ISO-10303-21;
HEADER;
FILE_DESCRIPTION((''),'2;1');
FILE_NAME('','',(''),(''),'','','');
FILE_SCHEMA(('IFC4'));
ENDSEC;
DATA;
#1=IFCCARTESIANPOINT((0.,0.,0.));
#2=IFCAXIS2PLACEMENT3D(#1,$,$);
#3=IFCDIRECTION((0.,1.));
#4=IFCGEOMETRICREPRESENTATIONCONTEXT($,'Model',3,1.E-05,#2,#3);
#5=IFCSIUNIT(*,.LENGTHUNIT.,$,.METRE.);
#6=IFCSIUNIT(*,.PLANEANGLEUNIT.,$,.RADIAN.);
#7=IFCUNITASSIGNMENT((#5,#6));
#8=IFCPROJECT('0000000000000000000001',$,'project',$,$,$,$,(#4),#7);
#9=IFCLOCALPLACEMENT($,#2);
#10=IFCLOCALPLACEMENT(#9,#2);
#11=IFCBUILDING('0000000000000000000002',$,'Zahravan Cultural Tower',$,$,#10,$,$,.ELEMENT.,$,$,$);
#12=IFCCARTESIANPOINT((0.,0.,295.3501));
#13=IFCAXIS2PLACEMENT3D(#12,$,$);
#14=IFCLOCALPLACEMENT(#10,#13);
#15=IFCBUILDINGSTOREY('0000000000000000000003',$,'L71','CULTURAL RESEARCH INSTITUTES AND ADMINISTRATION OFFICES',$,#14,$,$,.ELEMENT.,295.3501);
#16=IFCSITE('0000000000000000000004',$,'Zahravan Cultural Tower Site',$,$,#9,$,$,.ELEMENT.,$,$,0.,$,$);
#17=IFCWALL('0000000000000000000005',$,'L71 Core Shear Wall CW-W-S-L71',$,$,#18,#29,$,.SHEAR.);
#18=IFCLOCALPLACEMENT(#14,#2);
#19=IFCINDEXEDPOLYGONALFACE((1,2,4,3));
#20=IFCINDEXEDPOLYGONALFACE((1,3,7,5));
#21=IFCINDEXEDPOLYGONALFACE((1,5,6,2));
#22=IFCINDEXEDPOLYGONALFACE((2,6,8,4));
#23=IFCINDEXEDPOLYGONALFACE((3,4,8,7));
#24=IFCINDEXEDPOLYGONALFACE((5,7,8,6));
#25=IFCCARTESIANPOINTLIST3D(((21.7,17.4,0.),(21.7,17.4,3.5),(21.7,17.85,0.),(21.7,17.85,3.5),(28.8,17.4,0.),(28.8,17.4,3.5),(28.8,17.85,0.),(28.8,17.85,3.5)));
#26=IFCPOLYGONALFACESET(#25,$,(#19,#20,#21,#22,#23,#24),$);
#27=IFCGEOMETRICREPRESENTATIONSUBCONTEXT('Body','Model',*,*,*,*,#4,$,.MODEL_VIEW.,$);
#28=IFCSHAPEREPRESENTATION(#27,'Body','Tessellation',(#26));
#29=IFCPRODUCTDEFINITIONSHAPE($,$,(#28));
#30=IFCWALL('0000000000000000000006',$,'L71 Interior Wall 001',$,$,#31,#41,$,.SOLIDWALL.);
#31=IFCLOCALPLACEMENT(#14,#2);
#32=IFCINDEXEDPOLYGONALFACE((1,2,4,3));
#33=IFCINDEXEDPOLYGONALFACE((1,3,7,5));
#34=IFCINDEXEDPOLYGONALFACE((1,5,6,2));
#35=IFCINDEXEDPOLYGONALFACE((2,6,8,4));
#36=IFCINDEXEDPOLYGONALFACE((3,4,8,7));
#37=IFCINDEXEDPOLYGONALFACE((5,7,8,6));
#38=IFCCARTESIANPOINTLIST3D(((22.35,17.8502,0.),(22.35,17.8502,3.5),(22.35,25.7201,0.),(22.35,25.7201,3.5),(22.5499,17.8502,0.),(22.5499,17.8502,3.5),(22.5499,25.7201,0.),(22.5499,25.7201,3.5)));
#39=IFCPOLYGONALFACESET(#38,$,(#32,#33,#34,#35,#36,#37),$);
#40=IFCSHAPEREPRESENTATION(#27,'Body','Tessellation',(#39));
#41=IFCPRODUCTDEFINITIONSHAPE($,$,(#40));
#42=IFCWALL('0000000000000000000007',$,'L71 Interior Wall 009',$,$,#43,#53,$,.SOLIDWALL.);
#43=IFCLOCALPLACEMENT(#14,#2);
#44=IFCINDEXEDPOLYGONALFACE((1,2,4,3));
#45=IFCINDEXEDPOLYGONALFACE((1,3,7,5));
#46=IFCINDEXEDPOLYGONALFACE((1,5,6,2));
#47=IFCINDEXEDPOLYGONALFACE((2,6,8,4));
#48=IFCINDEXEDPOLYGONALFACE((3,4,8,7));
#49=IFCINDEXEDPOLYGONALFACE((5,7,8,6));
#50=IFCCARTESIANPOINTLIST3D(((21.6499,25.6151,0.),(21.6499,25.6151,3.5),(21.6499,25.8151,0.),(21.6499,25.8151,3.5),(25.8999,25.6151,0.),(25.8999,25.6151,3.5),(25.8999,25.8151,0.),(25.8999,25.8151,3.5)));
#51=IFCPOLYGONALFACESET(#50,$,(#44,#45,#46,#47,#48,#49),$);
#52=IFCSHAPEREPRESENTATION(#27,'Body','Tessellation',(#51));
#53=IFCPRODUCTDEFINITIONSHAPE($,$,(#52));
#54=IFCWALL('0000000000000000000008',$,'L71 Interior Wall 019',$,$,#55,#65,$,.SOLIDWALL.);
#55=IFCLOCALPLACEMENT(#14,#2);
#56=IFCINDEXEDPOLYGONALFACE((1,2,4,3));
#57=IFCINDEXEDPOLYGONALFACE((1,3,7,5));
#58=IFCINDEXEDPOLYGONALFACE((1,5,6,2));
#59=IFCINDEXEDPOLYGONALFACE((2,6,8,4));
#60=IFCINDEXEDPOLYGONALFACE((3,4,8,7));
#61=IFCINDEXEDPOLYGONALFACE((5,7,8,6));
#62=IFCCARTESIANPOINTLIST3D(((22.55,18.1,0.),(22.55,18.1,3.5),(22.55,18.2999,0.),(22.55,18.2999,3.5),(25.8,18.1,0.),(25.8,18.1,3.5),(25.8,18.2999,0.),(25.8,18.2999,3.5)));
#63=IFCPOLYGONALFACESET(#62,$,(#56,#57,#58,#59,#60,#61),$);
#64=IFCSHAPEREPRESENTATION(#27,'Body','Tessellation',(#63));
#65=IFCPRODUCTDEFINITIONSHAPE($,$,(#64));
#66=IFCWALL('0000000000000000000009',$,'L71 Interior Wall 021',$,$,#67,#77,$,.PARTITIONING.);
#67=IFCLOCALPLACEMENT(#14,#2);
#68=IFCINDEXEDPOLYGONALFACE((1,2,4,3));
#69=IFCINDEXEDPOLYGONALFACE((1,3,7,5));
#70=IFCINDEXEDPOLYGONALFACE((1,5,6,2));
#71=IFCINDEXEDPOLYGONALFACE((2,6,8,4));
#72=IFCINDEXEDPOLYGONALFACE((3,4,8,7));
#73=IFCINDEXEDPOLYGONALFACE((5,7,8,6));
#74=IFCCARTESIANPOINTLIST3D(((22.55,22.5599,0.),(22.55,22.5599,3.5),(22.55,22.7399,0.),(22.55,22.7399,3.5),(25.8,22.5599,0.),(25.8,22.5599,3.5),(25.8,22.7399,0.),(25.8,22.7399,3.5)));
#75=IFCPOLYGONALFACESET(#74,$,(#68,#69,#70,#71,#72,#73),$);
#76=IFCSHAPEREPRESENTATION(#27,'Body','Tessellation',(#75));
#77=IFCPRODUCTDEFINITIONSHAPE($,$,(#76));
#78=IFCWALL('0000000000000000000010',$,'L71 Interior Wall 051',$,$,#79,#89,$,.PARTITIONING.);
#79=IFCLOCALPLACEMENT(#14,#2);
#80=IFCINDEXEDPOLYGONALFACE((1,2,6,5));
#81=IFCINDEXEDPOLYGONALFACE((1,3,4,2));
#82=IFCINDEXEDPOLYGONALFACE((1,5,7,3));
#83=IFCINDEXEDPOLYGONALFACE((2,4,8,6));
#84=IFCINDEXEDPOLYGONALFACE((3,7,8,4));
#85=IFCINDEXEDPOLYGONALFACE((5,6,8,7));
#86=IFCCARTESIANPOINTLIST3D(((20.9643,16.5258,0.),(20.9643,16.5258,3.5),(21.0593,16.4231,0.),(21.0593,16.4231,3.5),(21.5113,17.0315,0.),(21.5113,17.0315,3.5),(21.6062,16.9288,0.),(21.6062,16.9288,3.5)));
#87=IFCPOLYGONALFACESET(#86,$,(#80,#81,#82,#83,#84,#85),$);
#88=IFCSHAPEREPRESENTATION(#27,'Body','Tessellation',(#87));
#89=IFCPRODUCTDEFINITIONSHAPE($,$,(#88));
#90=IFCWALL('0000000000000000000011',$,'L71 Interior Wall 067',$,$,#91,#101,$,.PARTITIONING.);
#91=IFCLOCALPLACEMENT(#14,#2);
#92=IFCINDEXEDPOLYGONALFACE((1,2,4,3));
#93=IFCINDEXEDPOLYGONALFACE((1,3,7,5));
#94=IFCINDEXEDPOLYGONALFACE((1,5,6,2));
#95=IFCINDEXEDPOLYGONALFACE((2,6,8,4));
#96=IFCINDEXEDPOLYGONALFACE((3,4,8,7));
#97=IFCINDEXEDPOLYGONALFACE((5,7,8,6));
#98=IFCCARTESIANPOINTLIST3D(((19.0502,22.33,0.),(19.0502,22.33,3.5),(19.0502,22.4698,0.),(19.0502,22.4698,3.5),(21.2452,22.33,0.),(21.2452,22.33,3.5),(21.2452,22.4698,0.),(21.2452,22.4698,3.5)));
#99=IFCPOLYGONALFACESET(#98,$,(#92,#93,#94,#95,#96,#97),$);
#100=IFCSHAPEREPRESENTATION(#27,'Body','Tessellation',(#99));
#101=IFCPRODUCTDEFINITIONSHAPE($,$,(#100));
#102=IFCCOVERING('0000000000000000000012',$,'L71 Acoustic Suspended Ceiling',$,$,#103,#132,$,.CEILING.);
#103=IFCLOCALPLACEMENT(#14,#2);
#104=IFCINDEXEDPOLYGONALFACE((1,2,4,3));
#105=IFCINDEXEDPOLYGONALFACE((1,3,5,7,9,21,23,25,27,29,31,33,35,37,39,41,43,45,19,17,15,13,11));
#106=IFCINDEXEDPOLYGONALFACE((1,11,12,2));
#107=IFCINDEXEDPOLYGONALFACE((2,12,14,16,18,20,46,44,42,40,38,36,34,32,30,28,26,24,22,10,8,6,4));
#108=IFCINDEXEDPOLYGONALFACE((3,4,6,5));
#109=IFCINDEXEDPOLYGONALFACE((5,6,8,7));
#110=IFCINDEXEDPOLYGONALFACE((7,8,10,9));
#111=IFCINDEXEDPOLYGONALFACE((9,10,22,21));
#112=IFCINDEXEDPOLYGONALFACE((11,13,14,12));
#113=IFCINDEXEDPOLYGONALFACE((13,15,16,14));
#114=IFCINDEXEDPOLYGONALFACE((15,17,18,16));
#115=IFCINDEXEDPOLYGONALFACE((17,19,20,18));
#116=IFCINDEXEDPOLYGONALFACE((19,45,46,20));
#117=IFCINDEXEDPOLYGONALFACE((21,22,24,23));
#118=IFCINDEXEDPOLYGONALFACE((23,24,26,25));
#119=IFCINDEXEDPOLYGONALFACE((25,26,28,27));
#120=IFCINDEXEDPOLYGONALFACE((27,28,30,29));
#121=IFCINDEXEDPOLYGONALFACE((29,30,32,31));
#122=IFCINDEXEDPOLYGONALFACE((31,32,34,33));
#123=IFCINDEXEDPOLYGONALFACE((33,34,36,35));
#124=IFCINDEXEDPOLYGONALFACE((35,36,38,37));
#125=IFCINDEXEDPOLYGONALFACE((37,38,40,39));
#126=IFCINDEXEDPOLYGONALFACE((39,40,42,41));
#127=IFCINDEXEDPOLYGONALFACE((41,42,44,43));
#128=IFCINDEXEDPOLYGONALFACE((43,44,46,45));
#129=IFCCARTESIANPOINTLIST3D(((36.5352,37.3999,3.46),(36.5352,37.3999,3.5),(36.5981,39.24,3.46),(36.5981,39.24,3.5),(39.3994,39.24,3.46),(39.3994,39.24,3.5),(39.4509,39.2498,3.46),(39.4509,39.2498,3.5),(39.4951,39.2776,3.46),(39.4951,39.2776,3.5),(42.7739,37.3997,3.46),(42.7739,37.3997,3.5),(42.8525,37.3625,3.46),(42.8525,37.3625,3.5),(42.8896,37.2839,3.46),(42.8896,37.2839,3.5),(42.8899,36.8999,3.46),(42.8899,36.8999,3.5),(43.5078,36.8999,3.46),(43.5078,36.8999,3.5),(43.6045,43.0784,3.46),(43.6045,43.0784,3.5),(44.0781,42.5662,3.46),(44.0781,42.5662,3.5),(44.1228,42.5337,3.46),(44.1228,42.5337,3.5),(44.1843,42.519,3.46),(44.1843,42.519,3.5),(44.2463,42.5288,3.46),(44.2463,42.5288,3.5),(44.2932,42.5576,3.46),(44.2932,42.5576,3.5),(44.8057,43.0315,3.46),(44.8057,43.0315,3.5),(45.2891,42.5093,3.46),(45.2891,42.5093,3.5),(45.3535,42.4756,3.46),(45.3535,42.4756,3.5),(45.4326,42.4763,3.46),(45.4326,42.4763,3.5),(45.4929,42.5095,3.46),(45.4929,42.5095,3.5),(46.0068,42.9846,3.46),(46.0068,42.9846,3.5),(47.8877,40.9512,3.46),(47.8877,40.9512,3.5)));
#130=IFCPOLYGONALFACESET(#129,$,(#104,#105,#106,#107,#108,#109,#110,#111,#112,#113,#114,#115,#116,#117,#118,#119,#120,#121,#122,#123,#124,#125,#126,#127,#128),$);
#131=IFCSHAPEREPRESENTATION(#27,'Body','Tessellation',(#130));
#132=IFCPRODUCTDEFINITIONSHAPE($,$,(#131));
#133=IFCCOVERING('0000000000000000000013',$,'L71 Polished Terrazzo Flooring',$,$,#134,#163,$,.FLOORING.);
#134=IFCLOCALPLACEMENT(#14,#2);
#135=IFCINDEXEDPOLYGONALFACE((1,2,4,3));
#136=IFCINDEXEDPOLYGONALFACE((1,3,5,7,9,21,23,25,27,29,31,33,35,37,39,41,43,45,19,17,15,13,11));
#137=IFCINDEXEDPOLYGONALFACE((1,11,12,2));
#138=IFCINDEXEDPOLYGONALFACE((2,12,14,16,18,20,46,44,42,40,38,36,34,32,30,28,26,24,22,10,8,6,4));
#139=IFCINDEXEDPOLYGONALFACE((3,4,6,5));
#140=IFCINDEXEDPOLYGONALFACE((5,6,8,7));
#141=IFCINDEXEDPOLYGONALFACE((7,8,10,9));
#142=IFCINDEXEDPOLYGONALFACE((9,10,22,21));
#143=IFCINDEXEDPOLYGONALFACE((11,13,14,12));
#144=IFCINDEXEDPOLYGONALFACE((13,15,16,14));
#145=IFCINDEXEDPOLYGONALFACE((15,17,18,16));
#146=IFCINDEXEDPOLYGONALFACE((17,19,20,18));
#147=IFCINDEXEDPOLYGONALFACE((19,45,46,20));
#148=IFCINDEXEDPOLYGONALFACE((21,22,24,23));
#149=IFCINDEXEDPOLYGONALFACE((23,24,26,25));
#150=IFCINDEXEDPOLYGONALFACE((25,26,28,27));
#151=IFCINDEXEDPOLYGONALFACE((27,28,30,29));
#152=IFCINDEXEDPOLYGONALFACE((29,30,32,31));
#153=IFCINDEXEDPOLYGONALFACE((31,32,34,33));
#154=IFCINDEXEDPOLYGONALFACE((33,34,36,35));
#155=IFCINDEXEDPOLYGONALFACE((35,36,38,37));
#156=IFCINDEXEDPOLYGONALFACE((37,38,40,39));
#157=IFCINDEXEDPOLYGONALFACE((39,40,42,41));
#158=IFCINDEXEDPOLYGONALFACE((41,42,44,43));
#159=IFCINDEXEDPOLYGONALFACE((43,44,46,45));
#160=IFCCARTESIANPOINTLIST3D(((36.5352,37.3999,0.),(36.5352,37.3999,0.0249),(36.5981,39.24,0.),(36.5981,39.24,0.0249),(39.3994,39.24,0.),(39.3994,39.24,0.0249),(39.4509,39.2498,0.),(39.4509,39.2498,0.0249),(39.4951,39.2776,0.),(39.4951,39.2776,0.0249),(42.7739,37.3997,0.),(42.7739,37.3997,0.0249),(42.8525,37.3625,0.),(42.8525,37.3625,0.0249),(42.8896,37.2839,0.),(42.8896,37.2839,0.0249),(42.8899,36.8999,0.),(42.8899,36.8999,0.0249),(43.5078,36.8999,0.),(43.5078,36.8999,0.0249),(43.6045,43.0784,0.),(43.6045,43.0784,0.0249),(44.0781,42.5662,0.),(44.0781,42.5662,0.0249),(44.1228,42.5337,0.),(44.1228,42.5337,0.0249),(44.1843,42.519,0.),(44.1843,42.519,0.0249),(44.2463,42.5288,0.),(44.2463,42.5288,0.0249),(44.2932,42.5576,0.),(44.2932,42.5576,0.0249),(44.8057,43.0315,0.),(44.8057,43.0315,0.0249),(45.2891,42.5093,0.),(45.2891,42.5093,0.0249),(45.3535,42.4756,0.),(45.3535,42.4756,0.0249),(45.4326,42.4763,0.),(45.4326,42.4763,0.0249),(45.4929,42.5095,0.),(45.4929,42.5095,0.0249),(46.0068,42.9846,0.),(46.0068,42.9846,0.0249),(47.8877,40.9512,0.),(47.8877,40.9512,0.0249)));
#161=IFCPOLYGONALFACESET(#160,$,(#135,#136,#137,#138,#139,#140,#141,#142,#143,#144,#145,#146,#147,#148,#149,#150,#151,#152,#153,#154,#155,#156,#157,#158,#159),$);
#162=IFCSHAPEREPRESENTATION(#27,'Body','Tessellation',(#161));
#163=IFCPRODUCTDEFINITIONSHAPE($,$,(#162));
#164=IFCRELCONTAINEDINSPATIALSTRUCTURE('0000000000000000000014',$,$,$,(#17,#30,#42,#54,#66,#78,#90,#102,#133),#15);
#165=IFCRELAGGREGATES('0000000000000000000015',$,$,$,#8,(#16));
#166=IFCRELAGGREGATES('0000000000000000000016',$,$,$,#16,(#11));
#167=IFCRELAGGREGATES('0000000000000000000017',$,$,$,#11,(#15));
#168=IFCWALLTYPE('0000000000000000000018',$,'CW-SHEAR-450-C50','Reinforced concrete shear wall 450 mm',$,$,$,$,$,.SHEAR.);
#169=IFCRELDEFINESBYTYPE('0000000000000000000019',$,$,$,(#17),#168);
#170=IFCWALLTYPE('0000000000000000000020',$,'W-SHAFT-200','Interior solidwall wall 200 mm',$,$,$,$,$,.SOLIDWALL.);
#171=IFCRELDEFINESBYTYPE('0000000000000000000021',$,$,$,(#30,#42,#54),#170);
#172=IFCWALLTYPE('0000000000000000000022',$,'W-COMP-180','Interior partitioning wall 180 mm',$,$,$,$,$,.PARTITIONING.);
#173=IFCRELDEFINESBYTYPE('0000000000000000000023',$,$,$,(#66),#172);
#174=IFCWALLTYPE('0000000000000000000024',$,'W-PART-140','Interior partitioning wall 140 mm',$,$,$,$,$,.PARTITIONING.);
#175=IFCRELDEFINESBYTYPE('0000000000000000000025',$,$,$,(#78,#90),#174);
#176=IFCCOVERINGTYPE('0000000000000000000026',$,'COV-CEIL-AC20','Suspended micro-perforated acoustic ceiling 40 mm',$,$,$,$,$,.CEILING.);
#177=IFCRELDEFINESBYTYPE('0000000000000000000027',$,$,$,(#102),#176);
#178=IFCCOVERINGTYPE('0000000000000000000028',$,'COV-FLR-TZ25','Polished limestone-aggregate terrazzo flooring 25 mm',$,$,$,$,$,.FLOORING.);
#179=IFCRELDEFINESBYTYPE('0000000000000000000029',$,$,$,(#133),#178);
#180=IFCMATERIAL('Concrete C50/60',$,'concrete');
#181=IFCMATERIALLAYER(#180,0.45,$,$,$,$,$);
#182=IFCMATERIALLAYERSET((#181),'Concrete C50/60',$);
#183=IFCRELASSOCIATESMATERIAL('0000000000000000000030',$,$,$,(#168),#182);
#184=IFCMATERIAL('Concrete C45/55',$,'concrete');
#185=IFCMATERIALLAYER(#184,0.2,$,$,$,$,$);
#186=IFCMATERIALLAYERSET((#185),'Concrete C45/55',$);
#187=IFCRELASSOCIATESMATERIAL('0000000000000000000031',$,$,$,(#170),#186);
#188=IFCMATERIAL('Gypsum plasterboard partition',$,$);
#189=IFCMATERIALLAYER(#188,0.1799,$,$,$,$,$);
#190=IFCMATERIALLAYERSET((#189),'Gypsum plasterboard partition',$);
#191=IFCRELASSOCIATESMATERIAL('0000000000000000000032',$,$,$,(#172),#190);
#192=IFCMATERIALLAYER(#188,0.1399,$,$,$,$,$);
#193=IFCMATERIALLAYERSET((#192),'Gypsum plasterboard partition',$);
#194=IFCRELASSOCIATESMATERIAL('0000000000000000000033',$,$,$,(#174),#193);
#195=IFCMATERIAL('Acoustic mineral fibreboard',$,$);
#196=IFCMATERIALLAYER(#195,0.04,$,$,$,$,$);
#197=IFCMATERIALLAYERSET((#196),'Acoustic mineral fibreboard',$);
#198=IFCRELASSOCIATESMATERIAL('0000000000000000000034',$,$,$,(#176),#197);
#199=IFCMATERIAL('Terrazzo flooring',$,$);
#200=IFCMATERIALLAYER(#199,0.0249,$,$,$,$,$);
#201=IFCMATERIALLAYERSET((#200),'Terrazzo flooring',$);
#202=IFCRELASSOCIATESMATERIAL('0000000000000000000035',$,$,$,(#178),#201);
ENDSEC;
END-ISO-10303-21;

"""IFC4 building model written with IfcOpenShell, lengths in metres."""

from ifc_helpers import new_model, si_unit, direction, frame, frame_2d, origin, place, context, subcontext, project, spatial, polyline, rectangle, outline, extrude, source, transform, mapped, material, layer, layer_set, type_object, element, save


model = new_model("IFC4")

# Units and contexts
model_context = context("Model", 3, precision=1e-05, world=origin(), true_north=direction((0.0, 1.0)))
body_context = subcontext(model_context, "Body", "Model", "MODEL_VIEW")
ifc_project = project(units=[si_unit("LENGTHUNIT", "METRE"), si_unit("PLANEANGLEUNIT", "RADIAN")], contexts=[model_context])

# Site, building, storey
site_placement = place(None, origin())
site = spatial("IfcSite", under=ifc_project, at=site_placement, Name="Zahravan Cultural Tower Site", CompositionType="ELEMENT", RefElevation=0.0)
building_placement = place(site_placement, origin())
building = spatial("IfcBuilding", under=site, at=building_placement, Name="Zahravan Cultural Tower", CompositionType="ELEMENT")
storey_placement = place(building_placement, frame((0.0, 0.0, 295.3501)))
storey = spatial("IfcBuildingStorey", under=building, at=storey_placement, Name="L71", Description="CULTURAL RESEARCH INSTITUTES AND ADMINISTRATION OFFICES", CompositionType="ELEMENT", Elevation=295.3501)

# Shared definitions
ifc_material_1 = material(Name="Concrete C50/60", Category="concrete")

# Shared definitions
ifc_material_2 = material(Name="Concrete C45/55", Category="concrete")

# Walls
ifc_layer_1 = layer(ifc_material_1, 0.45)
ifc_layer_set_1 = layer_set([ifc_layer_1], Name="Concrete C50/60")
wall_type_1 = type_object("IfcWallType", Name="CW-SHEAR-450-C50", Description="Reinforced concrete shear wall 450 mm", PredefinedType="SHEAR", material=ifc_layer_set_1)
shared_shape_1 = source(origin(), body_context, "Body", "SweptSolid", [
    extrude(rectangle(XDim=7.1001, YDim=0.45, at=frame_2d((3.55, 0.0))), origin(), (0.0, 0.0, 1.0), 3.5),
])
wall_1_placement = place(storey_placement, frame((21.7, 17.625, 0.0), z_axis=(0.0, 0.0, 1.0), x_axis=(1.0, 0.0, 0.0)))
element("IfcWall", 1, at=wall_1_placement, inside=storey, type_object=wall_type_1, Name="L71 Core Shear Wall CW-W-S-L71", PredefinedType="SHEAR", context=body_context, shape_type="MappedRepresentation", body=[
    mapped(shared_shape_1, transform((0.0, 0.0, 0.0), x_axis=(1.0, 0.0, 0.0), y_axis=(0.0, 1.0, 0.0), z_axis=(0.0, 0.0, 1.0), scale=1.0)),
])
ifc_layer_2 = layer(ifc_material_2, 0.2)
ifc_layer_set_2 = layer_set([ifc_layer_2], Name="Concrete C45/55")
wall_type_2 = type_object("IfcWallType", Name="W-SHAFT-200", Description="Interior solidwall wall 200 mm", PredefinedType="SOLIDWALL", material=ifc_layer_set_2)
shared_shape_2 = source(origin(), body_context, "Body", "SweptSolid", [
    extrude(rectangle(XDim=7.8699, YDim=0.2, at=frame_2d((3.9351, 0.0))), origin(), (0.0, 0.0, 1.0), 3.5),
])
wall_2_placement = place(storey_placement, frame((22.45, 17.8501, 0.0), z_axis=(0.0, 0.0, 1.0), x_axis=(0.0, 1.0, 0.0)))
element("IfcWall", 2, at=wall_2_placement, inside=storey, type_object=wall_type_2, Name="L71 Interior Wall 001", PredefinedType="SOLIDWALL", context=body_context, shape_type="MappedRepresentation", body=[
    mapped(shared_shape_2, transform((0.0, 0.0, 0.0), x_axis=(1.0, 0.0, 0.0), y_axis=(0.0, 1.0, 0.0), z_axis=(0.0, 0.0, 1.0), scale=1.0)),
])
shared_shape_3 = source(origin(), body_context, "Body", "SweptSolid", [
    extrude(rectangle(XDim=4.25, YDim=0.2, at=frame_2d((2.125, 0.0))), origin(), (0.0, 0.0, 1.0), 3.5),
])
wall_3_placement = place(storey_placement, frame((21.6499, 25.7151, 0.0), z_axis=(0.0, 0.0, 1.0), x_axis=(1.0, 0.0, 0.0)))
element("IfcWall", 3, at=wall_3_placement, inside=storey, type_object=wall_type_2, Name="L71 Interior Wall 009", PredefinedType="SOLIDWALL", context=body_context, shape_type="MappedRepresentation", body=[
    mapped(shared_shape_3, transform((0.0, 0.0, 0.0), x_axis=(1.0, 0.0, 0.0), y_axis=(0.0, 1.0, 0.0), z_axis=(0.0, 0.0, 1.0), scale=1.0)),
])
shared_shape_4 = source(origin(), body_context, "Body", "SweptSolid", [
    extrude(rectangle(XDim=3.25, YDim=0.2, at=frame_2d((1.625, 0.0))), origin(), (0.0, 0.0, 1.0), 3.5),
])
wall_4_placement = place(storey_placement, frame((22.55, 18.2, 0.0), z_axis=(0.0, 0.0, 1.0), x_axis=(1.0, 0.0, 0.0)))
element("IfcWall", 4, at=wall_4_placement, inside=storey, type_object=wall_type_2, Name="L71 Interior Wall 019", PredefinedType="SOLIDWALL", context=body_context, shape_type="MappedRepresentation", body=[
    mapped(shared_shape_4, transform((0.0, 0.0, 0.0), x_axis=(1.0, 0.0, 0.0), y_axis=(0.0, 1.0, 0.0), z_axis=(0.0, 0.0, 1.0), scale=1.0)),
])
ifc_material_3 = material(Name="Gypsum plasterboard partition")
ifc_layer_3 = layer(ifc_material_3, 0.1799)
ifc_layer_set_3 = layer_set([ifc_layer_3], Name="Gypsum plasterboard partition")
wall_type_3 = type_object("IfcWallType", Name="W-COMP-180", Description="Interior partitioning wall 180 mm", PredefinedType="PARTITIONING", material=ifc_layer_set_3)
shared_shape_5 = source(origin(), body_context, "Body", "SweptSolid", [
    extrude(rectangle(XDim=3.25, YDim=0.1799, at=frame_2d((1.625, 0.0))), origin(), (0.0, 0.0, 1.0), 3.5),
])
wall_5_placement = place(storey_placement, frame((22.55, 22.6499, 0.0), z_axis=(0.0, 0.0, 1.0), x_axis=(1.0, 0.0, 0.0)))
element("IfcWall", 5, at=wall_5_placement, inside=storey, type_object=wall_type_3, Name="L71 Interior Wall 021", PredefinedType="PARTITIONING", context=body_context, shape_type="MappedRepresentation", body=[
    mapped(shared_shape_5, transform((0.0, 0.0, 0.0), x_axis=(1.0, 0.0, 0.0), y_axis=(0.0, 1.0, 0.0), z_axis=(0.0, 0.0, 1.0), scale=1.0)),
])
ifc_layer_4 = layer(ifc_material_3, 0.1399)
ifc_layer_set_4 = layer_set([ifc_layer_4], Name="Gypsum plasterboard partition")
wall_type_4 = type_object("IfcWallType", Name="W-PART-140", Description="Interior partitioning wall 140 mm", PredefinedType="PARTITIONING", material=ifc_layer_set_4)
shared_shape_6 = source(origin(), body_context, "Body", "SweptSolid", [
    extrude(rectangle(XDim=0.7449, YDim=0.1399, at=frame_2d((0.3726, 0.0))), origin(), (0.0, 0.0, 1.0), 3.5),
])
wall_6_placement = place(storey_placement, frame((21.0117, 16.4744, 0.0), z_axis=(0.0, 0.0, 1.0), x_axis=(0.734263, 0.678865, 0.0)))
element("IfcWall", 6, at=wall_6_placement, inside=storey, type_object=wall_type_4, Name="L71 Interior Wall 051", PredefinedType="PARTITIONING", context=body_context, shape_type="MappedRepresentation", body=[
    mapped(shared_shape_6, transform((0.0, 0.0, 0.0), x_axis=(1.0, 0.0, 0.0), y_axis=(0.0, 1.0, 0.0), z_axis=(0.0, 0.0, 1.0), scale=1.0)),
])
shared_shape_7 = source(origin(), body_context, "Body", "SweptSolid", [
    extrude(rectangle(XDim=2.1951, YDim=0.1399, at=frame_2d((1.0977, 0.0))), origin(), (0.0, 0.0, 1.0), 3.5),
])
wall_7_placement = place(storey_placement, frame((19.05, 22.3999, 0.0), z_axis=(0.0, 0.0, 1.0), x_axis=(1.0, 0.0, 0.0)))
element("IfcWall", 7, at=wall_7_placement, inside=storey, type_object=wall_type_4, Name="L71 Interior Wall 067", PredefinedType="PARTITIONING", context=body_context, shape_type="MappedRepresentation", body=[
    mapped(shared_shape_7, transform((0.0, 0.0, 0.0), x_axis=(1.0, 0.0, 0.0), y_axis=(0.0, 1.0, 0.0), z_axis=(0.0, 0.0, 1.0), scale=1.0)),
])

# Coverings
ifc_material_4 = material(Name="Acoustic mineral fibreboard")
ifc_layer_5 = layer(ifc_material_4, 0.04)
ifc_layer_set_5 = layer_set([ifc_layer_5], Name="Acoustic mineral fibreboard")
covering_type_1 = type_object("IfcCoveringType", Name="COV-CEIL-AC20", Description="Suspended micro-perforated acoustic ceiling 40 mm", PredefinedType="CEILING", material=ifc_layer_set_5)
covering_1_placement = place(storey_placement, frame((0.0, 0.0, 3.46)))
element("IfcCovering", 8, at=covering_1_placement, inside=storey, type_object=covering_type_1, Name="L71 Acoustic Suspended Ceiling", PredefinedType="CEILING", context=body_context, shape_type="SweptSolid", body=[
    extrude(outline(polyline([(46.0068, 42.9846), (45.4929, 42.5095), (45.4326, 42.4763), (45.3535, 42.4756), (45.2891, 42.5093), (44.8057, 43.0315), (44.2932, 42.5576), (44.2463, 42.5288), (44.1843, 42.519), (44.1228, 42.5337), (44.0781, 42.5662), (43.6045, 43.0784), (39.4951, 39.2776), (39.4509, 39.2498), (39.3994, 39.24), (36.5981, 39.24), (36.5352, 37.3999), (42.7739, 37.3997), (42.8525, 37.3625), (42.8896, 37.2839), (42.8899, 36.8999), (43.5078, 36.8999), (47.8877, 40.9512), (46.0068, 42.9846)])), origin(), (0.0, 0.0, 1.0), 0.04),
])
ifc_material_5 = material(Name="Terrazzo flooring")
ifc_layer_6 = layer(ifc_material_5, 0.0249)
ifc_layer_set_6 = layer_set([ifc_layer_6], Name="Terrazzo flooring")
covering_type_2 = type_object("IfcCoveringType", Name="COV-FLR-TZ25", Description="Polished limestone-aggregate terrazzo flooring 25 mm", PredefinedType="FLOORING", material=ifc_layer_set_6)
covering_2_placement = place(storey_placement, origin())
element("IfcCovering", 9, at=covering_2_placement, inside=storey, type_object=covering_type_2, Name="L71 Polished Terrazzo Flooring", PredefinedType="FLOORING", context=body_context, shape_type="SweptSolid", body=[
    extrude(outline(polyline([(46.0068, 42.9846), (45.4929, 42.5095), (45.4326, 42.4763), (45.3535, 42.4756), (45.2891, 42.5093), (44.8057, 43.0315), (44.2932, 42.5576), (44.2463, 42.5288), (44.1843, 42.519), (44.1228, 42.5337), (44.0781, 42.5662), (43.6045, 43.0784), (39.4951, 39.2776), (39.4509, 39.2498), (39.3994, 39.24), (36.5981, 39.24), (36.5352, 37.3999), (42.7739, 37.3997), (42.8525, 37.3625), (42.8896, 37.2839), (42.8899, 36.8999), (43.5078, 36.8999), (47.8877, 40.9512), (46.0068, 42.9846)])), origin(), (0.0, 0.0, 1.0), 0.0249),
])

save(model, "model.ifc")
